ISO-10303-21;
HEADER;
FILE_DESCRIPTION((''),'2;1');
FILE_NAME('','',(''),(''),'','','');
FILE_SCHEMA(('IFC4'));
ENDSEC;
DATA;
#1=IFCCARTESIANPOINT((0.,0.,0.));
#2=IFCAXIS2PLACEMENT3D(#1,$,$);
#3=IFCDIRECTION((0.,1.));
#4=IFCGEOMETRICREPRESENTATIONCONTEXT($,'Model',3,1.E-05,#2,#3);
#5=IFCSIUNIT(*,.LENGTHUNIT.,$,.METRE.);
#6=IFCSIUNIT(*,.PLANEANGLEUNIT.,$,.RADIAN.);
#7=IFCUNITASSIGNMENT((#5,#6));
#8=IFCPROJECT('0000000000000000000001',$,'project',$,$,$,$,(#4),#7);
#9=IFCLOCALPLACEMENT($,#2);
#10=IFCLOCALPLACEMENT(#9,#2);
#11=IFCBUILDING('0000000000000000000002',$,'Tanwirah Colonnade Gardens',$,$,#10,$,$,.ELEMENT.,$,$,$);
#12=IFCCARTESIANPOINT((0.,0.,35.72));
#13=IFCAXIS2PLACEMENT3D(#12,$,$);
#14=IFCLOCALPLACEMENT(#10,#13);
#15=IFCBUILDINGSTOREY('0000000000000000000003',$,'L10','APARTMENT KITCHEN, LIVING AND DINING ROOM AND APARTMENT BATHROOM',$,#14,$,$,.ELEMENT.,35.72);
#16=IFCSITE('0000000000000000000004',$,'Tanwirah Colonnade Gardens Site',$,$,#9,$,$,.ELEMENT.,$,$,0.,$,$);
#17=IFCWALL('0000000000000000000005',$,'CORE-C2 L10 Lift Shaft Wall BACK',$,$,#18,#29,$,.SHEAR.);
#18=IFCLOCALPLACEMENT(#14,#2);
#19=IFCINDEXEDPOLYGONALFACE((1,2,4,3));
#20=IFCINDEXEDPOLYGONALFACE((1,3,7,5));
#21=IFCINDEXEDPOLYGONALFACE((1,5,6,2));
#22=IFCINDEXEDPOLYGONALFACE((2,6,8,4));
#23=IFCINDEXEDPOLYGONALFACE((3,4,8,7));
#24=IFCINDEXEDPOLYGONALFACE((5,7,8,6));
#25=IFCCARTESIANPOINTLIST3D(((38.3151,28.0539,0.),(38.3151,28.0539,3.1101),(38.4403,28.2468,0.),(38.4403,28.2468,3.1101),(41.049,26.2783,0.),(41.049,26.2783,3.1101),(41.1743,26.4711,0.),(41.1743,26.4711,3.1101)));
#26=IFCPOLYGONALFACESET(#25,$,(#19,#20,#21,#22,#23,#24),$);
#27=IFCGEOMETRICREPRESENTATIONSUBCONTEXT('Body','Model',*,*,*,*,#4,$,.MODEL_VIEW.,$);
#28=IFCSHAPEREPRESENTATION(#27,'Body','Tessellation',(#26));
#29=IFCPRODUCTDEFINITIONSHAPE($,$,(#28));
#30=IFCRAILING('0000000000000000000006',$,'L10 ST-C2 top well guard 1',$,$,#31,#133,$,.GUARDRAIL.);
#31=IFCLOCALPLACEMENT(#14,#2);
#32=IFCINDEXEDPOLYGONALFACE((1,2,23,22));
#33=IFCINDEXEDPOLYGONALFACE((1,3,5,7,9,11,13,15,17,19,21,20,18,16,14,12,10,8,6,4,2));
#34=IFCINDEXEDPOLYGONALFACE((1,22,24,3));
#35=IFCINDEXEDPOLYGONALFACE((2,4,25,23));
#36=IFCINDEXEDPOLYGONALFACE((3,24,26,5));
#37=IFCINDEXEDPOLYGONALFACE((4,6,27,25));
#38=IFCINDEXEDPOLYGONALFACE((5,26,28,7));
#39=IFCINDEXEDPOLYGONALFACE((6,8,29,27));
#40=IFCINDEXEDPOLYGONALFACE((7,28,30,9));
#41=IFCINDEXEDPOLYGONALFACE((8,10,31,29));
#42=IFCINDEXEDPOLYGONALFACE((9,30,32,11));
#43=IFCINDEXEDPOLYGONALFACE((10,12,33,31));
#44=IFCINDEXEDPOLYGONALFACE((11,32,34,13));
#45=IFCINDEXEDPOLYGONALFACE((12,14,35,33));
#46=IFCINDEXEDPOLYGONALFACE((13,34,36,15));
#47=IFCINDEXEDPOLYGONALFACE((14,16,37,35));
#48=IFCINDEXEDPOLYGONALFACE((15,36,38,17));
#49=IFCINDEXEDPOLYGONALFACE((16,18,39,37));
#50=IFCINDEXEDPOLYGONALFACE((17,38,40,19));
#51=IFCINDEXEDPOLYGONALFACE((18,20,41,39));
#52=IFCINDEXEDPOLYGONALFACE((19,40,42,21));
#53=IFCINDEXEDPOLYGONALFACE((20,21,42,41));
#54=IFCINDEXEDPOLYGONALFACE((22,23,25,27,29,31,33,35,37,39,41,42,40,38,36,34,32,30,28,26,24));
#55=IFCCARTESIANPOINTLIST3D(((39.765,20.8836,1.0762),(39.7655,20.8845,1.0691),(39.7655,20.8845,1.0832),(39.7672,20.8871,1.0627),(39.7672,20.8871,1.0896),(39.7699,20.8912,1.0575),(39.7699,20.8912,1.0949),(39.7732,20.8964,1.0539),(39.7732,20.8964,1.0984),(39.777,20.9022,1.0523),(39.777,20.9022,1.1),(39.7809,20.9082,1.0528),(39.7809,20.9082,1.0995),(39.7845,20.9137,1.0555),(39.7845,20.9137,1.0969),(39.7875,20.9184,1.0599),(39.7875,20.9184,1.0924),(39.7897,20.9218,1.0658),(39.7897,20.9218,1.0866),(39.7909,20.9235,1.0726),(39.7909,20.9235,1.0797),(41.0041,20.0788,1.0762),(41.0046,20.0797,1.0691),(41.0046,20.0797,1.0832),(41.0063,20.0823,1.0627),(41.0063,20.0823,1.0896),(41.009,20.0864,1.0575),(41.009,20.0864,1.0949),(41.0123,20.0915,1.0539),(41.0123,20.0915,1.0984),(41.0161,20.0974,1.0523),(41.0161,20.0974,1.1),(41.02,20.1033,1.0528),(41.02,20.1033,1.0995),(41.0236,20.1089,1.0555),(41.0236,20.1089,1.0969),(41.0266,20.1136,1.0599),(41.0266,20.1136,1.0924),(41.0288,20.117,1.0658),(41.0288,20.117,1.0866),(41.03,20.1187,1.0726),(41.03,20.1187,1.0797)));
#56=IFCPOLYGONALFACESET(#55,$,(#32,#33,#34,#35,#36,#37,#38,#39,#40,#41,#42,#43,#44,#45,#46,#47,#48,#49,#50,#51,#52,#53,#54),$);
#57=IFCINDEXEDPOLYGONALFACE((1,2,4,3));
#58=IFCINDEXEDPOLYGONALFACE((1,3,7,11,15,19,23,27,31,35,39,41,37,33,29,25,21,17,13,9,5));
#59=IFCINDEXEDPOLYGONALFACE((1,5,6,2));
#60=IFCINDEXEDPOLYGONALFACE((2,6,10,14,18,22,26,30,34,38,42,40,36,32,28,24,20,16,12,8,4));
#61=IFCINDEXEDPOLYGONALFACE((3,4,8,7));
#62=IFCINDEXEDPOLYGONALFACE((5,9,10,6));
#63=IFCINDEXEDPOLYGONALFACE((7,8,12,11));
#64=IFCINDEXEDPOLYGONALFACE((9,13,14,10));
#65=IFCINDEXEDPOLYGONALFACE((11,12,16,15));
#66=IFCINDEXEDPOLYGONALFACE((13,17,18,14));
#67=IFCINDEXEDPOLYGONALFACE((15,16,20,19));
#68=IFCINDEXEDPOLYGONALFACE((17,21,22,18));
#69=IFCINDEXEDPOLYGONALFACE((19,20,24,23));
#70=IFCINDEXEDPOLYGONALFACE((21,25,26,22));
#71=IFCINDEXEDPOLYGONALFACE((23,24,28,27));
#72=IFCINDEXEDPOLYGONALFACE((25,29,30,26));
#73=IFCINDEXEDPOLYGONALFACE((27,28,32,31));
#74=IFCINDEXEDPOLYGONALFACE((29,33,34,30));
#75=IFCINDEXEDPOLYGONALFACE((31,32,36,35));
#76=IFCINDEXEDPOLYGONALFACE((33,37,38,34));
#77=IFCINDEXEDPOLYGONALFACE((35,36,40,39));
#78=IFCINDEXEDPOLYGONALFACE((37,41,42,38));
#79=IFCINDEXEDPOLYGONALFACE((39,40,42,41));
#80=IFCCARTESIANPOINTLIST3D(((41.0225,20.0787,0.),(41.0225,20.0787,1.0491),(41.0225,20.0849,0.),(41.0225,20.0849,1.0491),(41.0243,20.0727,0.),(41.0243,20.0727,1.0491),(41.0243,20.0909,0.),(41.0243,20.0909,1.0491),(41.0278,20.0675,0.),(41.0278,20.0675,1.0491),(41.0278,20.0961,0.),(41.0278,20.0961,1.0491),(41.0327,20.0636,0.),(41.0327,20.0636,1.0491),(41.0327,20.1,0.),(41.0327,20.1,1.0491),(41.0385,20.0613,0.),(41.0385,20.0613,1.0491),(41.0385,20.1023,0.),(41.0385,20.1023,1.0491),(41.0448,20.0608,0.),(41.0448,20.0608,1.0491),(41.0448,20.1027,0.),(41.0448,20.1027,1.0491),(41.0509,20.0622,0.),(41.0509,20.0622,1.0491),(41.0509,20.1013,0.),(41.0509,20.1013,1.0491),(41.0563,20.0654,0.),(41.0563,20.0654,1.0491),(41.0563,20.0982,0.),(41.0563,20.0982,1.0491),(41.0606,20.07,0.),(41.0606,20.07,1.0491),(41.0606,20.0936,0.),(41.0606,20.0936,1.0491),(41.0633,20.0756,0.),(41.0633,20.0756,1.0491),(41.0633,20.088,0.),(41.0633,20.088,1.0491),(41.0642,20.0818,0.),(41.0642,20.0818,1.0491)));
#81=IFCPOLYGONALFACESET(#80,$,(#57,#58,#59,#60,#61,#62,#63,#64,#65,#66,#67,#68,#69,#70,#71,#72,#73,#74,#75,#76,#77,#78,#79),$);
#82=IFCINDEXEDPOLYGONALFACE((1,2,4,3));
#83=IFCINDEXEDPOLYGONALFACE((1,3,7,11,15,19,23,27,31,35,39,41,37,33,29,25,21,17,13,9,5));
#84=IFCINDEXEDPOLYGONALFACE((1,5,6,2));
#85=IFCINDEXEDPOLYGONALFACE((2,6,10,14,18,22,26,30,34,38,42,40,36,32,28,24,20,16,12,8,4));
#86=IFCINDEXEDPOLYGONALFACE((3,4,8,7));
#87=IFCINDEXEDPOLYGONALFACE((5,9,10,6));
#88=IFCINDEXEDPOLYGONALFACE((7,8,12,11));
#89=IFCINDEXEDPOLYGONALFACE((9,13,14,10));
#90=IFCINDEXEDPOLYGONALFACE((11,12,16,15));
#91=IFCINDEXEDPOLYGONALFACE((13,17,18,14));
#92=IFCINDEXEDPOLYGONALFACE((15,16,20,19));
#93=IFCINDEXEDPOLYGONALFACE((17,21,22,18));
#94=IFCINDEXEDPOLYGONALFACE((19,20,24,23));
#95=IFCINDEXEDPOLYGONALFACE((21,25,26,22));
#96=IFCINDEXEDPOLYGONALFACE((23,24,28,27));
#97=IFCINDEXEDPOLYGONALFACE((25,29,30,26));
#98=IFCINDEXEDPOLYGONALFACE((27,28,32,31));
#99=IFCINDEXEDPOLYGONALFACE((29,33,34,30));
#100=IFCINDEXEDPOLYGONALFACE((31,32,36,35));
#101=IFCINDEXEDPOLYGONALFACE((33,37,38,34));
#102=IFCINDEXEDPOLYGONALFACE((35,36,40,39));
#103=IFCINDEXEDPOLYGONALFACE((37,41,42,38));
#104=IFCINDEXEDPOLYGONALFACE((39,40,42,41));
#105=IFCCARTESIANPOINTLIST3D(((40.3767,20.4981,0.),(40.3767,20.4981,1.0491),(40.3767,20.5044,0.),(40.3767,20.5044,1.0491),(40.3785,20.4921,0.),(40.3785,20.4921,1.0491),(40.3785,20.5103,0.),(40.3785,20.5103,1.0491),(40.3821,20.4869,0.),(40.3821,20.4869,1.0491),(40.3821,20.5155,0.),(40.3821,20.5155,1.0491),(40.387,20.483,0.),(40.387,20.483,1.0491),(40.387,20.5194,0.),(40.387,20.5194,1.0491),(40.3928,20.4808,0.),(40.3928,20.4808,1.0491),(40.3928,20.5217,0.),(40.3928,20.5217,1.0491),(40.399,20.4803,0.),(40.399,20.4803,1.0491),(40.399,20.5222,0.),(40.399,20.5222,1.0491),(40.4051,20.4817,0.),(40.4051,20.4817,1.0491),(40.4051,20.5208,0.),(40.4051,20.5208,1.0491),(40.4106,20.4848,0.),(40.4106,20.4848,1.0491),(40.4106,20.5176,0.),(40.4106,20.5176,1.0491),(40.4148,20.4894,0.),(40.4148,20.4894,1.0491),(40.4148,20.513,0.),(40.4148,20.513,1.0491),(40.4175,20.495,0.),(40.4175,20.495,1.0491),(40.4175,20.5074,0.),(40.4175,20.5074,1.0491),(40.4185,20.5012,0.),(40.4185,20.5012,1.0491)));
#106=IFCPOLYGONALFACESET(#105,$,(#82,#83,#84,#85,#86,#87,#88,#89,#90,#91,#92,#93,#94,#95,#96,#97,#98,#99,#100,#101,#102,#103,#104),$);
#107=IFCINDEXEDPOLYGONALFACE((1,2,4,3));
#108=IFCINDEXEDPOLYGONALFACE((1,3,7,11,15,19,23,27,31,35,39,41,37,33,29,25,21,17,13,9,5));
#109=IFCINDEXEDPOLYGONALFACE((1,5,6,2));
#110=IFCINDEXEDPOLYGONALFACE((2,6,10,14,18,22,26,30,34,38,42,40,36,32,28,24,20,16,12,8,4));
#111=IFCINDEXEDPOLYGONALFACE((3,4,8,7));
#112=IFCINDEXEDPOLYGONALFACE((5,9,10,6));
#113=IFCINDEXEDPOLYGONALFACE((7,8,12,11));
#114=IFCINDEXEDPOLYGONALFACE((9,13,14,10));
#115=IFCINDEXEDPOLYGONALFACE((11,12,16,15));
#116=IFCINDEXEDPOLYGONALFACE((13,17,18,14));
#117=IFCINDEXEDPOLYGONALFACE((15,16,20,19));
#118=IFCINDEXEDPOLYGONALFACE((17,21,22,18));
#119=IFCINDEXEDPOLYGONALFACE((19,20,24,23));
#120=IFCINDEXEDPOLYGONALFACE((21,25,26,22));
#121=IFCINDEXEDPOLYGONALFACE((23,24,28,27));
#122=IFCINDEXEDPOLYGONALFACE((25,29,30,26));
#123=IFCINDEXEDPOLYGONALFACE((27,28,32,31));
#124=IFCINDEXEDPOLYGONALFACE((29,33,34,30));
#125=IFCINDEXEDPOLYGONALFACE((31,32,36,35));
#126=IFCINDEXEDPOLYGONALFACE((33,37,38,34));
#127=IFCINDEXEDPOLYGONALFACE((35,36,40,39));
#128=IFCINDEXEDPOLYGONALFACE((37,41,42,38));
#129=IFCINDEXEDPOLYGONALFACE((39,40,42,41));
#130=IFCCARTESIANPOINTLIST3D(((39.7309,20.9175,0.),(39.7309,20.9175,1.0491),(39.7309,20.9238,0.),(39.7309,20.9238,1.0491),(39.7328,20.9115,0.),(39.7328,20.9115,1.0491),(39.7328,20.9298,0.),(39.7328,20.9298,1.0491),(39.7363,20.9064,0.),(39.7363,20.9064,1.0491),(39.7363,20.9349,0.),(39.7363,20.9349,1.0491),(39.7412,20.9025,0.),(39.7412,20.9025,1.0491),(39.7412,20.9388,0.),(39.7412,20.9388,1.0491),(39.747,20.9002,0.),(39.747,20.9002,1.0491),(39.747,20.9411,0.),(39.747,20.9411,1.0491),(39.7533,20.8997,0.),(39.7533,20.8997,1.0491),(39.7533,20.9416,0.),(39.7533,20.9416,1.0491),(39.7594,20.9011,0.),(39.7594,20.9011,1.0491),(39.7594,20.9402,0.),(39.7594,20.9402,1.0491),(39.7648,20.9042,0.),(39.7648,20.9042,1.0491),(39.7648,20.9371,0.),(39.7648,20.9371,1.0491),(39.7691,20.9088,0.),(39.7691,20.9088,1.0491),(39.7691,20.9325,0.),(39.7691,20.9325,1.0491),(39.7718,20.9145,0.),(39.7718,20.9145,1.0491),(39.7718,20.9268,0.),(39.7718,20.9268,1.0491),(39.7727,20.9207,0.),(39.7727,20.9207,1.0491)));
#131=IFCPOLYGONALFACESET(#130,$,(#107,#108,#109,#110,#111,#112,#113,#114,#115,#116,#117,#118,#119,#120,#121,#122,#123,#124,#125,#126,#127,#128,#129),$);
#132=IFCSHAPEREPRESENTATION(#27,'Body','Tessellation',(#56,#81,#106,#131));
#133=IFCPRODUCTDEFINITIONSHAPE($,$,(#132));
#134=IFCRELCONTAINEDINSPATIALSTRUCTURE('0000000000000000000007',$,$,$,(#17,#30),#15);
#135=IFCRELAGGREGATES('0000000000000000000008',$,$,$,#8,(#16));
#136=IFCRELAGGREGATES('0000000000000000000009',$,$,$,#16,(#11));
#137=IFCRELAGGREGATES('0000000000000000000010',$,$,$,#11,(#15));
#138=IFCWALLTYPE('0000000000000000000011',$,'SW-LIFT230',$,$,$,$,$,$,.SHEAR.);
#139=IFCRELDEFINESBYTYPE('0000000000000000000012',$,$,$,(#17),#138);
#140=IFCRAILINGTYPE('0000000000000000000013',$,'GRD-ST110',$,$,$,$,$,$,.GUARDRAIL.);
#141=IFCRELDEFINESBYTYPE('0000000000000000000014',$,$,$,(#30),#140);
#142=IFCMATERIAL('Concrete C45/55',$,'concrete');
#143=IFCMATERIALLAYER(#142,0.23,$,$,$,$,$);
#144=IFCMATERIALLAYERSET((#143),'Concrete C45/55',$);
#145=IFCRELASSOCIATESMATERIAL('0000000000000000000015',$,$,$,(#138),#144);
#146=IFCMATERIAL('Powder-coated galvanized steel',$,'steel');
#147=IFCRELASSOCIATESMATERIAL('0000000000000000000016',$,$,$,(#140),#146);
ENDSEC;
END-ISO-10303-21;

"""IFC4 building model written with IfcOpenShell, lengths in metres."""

from ifc_helpers import new_model, si_unit, direction, frame, frame_2d, origin, origin_2d, place, context, subcontext, project, spatial, rectangle, circle, extrude, material, layer, layer_set, type_object, element, save


model = new_model("IFC4")

# Units and contexts
model_context = context("Model", 3, precision=1e-05, world=origin(), true_north=direction((0.0, 1.0)))
body_context = subcontext(model_context, "Body", "Model", "MODEL_VIEW")
ifc_project = project(units=[si_unit("LENGTHUNIT", "METRE"), si_unit("PLANEANGLEUNIT", "RADIAN")], contexts=[model_context])

# Site, building, storey
site_placement = place(None, origin())
site = spatial("IfcSite", under=ifc_project, at=site_placement, Name="Tanwirah Colonnade Gardens Site", CompositionType="ELEMENT", RefElevation=0.0)
building_placement = place(site_placement, origin())
building = spatial("IfcBuilding", under=site, at=building_placement, Name="Tanwirah Colonnade Gardens", CompositionType="ELEMENT")
storey_placement = place(building_placement, frame((0.0, 0.0, 35.72)))
storey = spatial("IfcBuildingStorey", under=building, at=storey_placement, Name="L10", Description="APARTMENT KITCHEN, LIVING AND DINING ROOM AND APARTMENT BATHROOM", CompositionType="ELEMENT", Elevation=35.72)

# Wall
ifc_material_1 = material(Name="Concrete C45/55", Category="concrete")
ifc_layer_1 = layer(ifc_material_1, 0.23)
ifc_layer_set_1 = layer_set([ifc_layer_1], Name="Concrete C45/55")
wall_type_1 = type_object("IfcWallType", Name="SW-LIFT230", PredefinedType="SHEAR", material=ifc_layer_set_1)
wall_1_placement = place(storey_placement, frame((41.1116, 26.3748, 0.0), z_axis=(0.0, 0.0, 1.0), x_axis=(-0.838639, 0.544688, 0.0)))
element("IfcWall", 1, at=wall_1_placement, inside=storey, type_object=wall_type_1, Name="CORE-C2 L10 Lift Shaft Wall BACK", PredefinedType="SHEAR", context=body_context, shape_type="SweptSolid", body=[
    extrude(rectangle(XDim=3.26, YDim=0.23, at=frame_2d((1.6299, 0.0))), origin(), (0.0, 0.0, 1.0), 3.1101),
])

# Railing
ifc_material_2 = material(Name="Powder-coated galvanized steel", Category="steel")
railing_type_1 = type_object("IfcRailingType", Name="GRD-ST110", PredefinedType="GUARDRAIL", material=ifc_material_2)
railing_1_placement = place(storey_placement, frame((41.0432, 20.0818, 0.0)))
element("IfcRailing", 2, at=railing_1_placement, inside=storey, type_object=railing_type_1, Name="L10 ST-C2 top well guard 1", PredefinedType="GUARDRAIL", context=body_context, shape_type="SweptSolid", body=[
    extrude(circle(Radius=0.0239, at=origin_2d()), frame((-0.0261, 0.0171, 1.0762), z_axis=(-0.838625, 0.54471, 0.0), x_axis=(-0.54471, -0.838625, 0.0)), (0.0, 0.0, 1.0), 1.4775),
    extrude(circle(Radius=0.021, at=origin_2d()), origin(), (0.0, 0.0, 1.0), 1.0491),
    extrude(circle(Radius=0.021, at=origin_2d()), frame((-0.6458, 0.4194, 0.0)), (0.0, 0.0, 1.0), 1.0491),
    extrude(circle(Radius=0.021, at=origin_2d()), frame((-1.2915, 0.8389, 0.0)), (0.0, 0.0, 1.0), 1.0491),
])

save(model, "model.ifc")
